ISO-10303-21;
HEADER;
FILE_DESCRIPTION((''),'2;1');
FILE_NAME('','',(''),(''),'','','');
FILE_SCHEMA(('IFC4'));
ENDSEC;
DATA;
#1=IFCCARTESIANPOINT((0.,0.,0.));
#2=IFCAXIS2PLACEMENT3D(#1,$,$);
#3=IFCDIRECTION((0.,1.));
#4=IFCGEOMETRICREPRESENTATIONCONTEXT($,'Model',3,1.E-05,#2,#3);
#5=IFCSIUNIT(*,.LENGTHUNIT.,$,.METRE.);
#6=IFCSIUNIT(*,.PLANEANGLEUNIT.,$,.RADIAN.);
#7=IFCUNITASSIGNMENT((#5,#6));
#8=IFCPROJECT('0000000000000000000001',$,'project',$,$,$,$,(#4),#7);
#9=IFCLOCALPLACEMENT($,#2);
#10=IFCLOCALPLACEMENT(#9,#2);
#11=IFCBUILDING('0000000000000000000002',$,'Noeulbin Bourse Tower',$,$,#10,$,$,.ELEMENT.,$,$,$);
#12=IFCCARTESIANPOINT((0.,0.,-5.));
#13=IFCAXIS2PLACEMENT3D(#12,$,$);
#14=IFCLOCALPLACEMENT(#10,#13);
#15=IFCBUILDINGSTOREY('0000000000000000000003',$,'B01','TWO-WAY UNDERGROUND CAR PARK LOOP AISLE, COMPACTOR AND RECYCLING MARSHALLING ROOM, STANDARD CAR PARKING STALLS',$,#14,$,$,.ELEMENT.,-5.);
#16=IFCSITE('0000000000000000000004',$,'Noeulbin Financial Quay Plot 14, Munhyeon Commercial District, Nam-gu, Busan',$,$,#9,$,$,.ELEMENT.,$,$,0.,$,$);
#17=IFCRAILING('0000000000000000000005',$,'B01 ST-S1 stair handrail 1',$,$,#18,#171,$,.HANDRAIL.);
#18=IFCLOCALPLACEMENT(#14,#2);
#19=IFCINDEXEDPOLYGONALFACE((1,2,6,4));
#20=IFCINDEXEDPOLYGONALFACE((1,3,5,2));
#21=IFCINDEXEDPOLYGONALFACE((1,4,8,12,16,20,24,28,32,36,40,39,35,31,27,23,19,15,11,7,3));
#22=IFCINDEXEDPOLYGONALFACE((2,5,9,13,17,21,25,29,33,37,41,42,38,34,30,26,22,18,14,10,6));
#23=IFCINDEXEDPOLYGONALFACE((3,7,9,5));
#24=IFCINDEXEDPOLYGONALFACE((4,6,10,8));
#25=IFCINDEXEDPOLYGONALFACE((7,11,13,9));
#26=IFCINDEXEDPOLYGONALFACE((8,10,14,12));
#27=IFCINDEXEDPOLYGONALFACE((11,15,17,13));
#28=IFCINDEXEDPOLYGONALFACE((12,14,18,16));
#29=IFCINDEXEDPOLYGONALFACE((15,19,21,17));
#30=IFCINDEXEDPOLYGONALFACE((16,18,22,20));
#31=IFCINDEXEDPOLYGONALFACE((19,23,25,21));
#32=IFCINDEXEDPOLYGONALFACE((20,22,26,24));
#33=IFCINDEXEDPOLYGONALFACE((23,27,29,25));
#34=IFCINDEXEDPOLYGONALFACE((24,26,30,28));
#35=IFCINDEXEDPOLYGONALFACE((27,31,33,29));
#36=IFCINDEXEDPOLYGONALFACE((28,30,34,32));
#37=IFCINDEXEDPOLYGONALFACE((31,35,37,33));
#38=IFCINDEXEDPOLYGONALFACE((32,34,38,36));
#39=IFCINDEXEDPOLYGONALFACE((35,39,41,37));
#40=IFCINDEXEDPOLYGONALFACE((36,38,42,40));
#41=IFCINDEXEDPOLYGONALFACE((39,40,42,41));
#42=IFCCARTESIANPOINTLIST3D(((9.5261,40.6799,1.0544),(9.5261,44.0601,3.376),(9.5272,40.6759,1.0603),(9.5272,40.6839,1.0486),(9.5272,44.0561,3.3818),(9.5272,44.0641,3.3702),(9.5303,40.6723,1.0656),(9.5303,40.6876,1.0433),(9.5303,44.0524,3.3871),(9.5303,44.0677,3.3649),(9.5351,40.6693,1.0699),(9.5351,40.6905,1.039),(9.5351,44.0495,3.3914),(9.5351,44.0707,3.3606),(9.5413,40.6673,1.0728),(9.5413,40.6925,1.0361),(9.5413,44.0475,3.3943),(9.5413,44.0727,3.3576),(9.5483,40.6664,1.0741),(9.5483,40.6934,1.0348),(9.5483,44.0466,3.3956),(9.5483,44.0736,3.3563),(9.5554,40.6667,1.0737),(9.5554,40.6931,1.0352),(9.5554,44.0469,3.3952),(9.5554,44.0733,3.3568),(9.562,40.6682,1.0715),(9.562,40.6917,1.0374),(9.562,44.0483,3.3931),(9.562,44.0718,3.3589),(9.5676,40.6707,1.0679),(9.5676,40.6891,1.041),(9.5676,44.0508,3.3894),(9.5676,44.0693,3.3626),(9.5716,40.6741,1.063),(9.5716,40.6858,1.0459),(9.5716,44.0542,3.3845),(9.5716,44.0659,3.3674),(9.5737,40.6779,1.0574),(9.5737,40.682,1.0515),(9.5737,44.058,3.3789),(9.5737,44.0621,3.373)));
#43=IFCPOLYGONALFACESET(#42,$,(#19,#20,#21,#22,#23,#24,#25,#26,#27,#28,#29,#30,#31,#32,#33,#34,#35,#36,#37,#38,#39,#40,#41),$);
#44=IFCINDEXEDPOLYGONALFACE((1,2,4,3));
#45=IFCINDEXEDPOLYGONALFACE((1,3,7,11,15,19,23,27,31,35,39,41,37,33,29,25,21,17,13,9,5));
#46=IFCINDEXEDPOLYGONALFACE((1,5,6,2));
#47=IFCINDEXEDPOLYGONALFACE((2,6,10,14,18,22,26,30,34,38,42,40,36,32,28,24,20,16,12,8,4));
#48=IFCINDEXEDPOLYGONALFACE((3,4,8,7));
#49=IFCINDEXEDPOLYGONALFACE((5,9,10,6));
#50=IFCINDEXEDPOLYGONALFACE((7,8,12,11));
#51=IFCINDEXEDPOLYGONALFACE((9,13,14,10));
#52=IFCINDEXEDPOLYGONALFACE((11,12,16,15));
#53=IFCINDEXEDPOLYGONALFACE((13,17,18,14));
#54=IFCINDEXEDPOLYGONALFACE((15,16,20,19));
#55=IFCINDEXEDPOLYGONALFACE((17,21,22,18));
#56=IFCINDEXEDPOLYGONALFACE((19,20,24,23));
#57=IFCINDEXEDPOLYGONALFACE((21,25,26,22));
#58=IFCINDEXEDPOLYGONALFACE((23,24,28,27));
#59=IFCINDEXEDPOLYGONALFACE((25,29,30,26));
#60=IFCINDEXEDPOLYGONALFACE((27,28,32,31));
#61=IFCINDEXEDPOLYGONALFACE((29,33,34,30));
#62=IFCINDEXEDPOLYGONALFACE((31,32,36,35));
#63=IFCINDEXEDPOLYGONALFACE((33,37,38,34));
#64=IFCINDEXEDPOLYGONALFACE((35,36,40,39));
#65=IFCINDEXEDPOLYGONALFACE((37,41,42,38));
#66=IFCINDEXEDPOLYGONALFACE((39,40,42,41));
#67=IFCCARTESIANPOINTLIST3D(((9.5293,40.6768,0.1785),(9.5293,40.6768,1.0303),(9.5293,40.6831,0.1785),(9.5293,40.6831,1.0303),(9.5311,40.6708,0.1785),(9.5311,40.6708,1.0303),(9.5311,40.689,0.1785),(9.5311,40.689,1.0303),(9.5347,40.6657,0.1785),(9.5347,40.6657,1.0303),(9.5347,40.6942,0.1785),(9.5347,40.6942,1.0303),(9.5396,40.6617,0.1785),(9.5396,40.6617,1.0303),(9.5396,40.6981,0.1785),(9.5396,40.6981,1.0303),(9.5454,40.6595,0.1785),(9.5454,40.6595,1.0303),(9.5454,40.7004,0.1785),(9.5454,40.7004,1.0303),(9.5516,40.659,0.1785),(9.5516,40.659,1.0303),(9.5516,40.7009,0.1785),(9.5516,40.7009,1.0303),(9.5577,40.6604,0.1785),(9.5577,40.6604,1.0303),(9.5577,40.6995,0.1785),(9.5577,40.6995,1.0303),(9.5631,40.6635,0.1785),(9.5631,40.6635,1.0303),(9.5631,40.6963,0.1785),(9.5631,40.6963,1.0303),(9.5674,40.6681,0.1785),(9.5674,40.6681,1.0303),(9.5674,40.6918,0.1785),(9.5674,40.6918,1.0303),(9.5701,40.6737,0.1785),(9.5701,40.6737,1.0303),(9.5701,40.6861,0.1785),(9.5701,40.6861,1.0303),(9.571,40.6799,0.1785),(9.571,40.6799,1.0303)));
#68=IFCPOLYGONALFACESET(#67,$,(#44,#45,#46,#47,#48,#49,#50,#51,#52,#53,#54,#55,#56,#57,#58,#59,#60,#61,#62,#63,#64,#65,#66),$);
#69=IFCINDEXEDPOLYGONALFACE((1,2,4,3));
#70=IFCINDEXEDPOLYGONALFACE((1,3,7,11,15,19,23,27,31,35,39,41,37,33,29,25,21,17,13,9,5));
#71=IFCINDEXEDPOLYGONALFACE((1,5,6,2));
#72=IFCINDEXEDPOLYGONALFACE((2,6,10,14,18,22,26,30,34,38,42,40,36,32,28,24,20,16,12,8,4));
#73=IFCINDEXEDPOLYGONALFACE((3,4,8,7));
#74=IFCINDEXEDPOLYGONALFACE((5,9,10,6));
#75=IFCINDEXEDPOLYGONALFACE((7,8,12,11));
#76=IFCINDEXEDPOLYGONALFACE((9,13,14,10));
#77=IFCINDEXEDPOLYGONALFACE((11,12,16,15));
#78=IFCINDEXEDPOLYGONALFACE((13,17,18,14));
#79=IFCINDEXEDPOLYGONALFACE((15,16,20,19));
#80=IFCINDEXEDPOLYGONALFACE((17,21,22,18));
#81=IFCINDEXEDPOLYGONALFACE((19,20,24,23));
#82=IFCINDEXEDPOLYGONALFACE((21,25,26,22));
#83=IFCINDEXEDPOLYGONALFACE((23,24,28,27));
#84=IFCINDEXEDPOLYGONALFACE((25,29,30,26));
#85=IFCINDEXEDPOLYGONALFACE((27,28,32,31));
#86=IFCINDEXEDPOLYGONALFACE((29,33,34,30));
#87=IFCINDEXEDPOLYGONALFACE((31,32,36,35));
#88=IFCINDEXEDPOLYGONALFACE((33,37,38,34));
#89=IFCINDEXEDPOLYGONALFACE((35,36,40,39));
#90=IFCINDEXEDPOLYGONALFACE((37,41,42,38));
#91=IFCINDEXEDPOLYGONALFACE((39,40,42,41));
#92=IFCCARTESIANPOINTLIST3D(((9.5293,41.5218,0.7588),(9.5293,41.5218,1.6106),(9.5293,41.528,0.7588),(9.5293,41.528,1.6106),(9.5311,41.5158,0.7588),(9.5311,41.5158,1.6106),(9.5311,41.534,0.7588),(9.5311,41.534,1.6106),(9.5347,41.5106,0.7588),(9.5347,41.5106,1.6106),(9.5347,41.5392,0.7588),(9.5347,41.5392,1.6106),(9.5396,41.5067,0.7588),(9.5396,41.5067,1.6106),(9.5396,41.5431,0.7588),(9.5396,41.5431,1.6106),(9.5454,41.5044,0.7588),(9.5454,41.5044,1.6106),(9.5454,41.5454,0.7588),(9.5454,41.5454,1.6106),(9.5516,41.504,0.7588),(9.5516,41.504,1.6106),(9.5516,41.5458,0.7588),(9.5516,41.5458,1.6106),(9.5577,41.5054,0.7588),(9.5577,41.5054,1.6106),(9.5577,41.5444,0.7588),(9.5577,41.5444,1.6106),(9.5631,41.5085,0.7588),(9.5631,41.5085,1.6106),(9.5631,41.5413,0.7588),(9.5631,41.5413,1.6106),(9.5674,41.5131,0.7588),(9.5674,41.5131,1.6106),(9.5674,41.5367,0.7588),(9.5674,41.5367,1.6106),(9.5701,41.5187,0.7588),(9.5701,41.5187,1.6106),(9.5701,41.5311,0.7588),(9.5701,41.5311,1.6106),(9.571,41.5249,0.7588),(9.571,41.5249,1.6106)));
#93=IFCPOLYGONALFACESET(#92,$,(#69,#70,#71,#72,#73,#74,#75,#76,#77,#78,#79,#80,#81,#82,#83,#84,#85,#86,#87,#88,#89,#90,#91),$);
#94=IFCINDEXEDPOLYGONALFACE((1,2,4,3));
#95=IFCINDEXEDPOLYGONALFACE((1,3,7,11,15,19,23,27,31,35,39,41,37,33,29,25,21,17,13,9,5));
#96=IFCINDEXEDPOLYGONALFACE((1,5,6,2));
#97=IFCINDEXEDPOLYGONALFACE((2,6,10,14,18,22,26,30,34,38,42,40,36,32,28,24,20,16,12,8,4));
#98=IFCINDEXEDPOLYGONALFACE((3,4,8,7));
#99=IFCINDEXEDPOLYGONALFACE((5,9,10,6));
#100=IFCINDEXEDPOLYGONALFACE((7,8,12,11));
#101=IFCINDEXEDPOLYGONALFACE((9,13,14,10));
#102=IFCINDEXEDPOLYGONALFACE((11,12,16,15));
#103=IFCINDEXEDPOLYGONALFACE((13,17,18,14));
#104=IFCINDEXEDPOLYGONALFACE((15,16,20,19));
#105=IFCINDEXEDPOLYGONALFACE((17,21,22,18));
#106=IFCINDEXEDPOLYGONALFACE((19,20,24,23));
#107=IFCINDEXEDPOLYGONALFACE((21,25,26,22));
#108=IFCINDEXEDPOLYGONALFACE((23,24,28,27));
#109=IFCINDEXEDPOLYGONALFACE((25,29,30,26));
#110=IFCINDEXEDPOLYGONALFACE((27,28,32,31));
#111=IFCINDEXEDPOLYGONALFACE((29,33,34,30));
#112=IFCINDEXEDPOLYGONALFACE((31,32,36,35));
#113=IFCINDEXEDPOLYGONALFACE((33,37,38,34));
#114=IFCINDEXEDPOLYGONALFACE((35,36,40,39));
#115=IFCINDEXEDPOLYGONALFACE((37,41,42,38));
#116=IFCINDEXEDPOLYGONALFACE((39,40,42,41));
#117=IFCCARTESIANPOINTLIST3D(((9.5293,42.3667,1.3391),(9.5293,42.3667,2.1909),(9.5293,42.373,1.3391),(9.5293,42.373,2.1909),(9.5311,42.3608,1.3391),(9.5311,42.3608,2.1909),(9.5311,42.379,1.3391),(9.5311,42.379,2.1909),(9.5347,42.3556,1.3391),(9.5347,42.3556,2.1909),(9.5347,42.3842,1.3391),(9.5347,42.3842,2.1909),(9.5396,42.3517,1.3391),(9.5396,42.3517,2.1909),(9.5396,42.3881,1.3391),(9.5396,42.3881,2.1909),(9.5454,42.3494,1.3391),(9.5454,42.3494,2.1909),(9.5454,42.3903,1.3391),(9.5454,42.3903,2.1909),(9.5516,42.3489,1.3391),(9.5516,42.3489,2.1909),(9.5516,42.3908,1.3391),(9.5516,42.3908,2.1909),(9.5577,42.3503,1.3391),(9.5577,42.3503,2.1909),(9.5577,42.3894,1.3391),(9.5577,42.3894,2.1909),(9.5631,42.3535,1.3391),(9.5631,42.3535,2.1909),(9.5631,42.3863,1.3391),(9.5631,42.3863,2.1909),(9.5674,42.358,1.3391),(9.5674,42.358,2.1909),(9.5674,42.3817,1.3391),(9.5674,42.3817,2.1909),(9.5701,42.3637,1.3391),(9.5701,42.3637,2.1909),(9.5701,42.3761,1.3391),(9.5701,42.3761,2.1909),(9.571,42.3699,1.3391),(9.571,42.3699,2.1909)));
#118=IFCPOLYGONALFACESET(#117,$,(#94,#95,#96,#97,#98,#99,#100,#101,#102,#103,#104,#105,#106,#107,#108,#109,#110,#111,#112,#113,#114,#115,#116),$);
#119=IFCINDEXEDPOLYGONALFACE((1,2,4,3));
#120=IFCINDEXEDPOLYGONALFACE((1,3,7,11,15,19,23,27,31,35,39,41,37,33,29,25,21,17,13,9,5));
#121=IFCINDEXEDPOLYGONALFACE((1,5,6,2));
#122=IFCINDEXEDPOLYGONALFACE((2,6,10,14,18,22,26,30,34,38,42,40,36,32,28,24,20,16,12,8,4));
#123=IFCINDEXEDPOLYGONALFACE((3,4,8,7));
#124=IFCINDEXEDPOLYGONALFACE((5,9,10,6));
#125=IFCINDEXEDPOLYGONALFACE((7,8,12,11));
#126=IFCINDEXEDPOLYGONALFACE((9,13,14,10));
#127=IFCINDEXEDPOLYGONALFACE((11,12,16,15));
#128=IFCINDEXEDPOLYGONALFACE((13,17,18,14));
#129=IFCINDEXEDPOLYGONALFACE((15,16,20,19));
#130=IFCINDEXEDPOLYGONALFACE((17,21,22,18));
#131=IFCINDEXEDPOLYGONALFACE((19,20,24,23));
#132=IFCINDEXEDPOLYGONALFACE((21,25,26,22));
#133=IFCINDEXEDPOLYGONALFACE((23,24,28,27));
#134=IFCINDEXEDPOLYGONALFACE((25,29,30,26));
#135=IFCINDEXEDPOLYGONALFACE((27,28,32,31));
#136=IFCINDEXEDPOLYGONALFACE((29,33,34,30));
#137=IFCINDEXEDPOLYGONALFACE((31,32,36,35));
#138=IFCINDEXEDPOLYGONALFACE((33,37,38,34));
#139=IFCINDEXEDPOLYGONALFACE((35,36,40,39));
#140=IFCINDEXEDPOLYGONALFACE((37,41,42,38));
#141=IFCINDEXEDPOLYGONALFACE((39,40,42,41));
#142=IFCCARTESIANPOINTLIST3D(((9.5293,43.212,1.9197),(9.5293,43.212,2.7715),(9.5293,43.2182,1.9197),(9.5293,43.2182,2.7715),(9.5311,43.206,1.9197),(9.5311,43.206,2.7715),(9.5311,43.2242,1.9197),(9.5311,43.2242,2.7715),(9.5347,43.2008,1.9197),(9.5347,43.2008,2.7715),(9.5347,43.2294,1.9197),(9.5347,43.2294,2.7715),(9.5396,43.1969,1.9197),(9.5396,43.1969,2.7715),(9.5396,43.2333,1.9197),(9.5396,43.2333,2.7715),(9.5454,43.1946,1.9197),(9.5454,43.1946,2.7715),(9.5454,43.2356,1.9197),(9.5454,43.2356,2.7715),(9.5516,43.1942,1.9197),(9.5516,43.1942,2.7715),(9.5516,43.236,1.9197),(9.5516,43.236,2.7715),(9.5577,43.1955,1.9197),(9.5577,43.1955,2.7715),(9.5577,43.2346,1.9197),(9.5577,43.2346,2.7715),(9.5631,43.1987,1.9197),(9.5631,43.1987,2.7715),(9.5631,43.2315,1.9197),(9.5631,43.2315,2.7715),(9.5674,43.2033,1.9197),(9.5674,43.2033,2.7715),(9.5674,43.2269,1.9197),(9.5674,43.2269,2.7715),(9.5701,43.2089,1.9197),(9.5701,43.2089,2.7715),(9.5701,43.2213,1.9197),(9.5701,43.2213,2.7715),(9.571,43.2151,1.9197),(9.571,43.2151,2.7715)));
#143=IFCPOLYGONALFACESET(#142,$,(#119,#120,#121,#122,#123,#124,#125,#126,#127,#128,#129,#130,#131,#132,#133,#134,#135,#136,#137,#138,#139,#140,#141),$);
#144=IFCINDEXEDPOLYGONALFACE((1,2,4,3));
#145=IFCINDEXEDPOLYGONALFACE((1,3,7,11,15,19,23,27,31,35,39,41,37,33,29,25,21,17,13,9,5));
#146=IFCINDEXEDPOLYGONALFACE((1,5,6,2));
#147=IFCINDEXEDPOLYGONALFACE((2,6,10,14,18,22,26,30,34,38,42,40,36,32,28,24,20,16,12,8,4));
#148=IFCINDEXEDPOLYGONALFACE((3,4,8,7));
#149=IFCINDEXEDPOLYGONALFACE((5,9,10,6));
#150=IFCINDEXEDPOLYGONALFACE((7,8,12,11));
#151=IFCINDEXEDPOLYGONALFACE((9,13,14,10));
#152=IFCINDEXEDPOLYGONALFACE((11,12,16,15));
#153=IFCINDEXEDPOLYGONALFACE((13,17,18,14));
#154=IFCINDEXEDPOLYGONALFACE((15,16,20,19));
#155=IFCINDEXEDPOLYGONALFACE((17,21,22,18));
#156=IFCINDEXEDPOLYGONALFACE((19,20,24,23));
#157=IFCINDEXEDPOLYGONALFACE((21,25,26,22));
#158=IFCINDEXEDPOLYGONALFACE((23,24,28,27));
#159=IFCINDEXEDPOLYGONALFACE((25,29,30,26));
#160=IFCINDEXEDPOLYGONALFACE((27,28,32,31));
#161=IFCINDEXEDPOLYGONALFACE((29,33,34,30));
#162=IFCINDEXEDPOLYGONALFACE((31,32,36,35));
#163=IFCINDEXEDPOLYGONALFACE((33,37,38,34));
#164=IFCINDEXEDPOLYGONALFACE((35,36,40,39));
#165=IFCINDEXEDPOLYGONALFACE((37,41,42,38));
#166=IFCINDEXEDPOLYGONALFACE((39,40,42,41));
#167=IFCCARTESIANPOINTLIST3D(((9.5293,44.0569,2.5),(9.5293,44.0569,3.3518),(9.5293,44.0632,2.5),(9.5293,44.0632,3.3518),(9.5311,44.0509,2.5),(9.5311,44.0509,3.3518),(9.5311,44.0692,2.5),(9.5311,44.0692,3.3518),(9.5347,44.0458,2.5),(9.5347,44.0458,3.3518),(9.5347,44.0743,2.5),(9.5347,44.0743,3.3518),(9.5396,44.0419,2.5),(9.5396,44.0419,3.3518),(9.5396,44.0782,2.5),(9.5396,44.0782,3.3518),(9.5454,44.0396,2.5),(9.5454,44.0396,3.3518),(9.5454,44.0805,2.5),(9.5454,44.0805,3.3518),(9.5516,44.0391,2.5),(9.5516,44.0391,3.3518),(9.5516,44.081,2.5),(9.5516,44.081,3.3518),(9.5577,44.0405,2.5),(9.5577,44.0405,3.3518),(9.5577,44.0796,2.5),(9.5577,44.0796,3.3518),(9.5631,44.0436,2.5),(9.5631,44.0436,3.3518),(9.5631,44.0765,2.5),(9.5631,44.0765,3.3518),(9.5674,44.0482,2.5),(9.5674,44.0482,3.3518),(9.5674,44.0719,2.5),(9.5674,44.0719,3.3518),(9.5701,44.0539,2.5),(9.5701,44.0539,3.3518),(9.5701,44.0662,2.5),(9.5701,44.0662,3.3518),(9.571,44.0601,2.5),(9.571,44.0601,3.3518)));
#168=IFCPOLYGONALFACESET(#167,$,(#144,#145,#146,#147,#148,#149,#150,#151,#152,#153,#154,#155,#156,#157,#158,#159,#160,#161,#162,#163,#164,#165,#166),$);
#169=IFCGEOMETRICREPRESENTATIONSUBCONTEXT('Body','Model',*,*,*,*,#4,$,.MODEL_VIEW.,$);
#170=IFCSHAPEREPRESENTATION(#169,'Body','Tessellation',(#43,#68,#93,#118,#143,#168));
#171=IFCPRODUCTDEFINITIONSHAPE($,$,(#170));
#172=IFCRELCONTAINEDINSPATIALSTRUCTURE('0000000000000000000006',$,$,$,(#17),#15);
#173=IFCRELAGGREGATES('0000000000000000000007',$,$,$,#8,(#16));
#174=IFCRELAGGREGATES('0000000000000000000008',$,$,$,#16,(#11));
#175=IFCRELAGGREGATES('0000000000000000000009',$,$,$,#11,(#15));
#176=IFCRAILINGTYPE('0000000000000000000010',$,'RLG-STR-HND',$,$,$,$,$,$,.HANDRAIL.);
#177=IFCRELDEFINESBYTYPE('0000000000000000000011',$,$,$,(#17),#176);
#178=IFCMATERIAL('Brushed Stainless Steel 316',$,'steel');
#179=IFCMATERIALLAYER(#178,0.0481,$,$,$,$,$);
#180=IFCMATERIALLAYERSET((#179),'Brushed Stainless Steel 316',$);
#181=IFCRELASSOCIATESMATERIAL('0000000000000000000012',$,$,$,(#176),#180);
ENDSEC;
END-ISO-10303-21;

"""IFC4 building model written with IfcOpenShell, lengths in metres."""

from ifc_helpers import new_model, si_unit, direction, frame, origin, origin_2d, place, context, subcontext, project, spatial, circle, extrude, material, layer, layer_set, type_object, element, save


model = new_model("IFC4")

# Units and contexts
model_context = context("Model", 3, precision=1e-05, world=origin(), true_north=direction((0.0, 1.0)))
body_context = subcontext(model_context, "Body", "Model", "MODEL_VIEW")
ifc_project = project(units=[si_unit("LENGTHUNIT", "METRE"), si_unit("PLANEANGLEUNIT", "RADIAN")], contexts=[model_context])

# Site, building, storey
site_placement = place(None, origin())
site = spatial("IfcSite", under=ifc_project, at=site_placement, Name="Noeulbin Financial Quay Plot 14, Munhyeon Commercial District, Nam-gu, Busan", CompositionType="ELEMENT", RefElevation=0.0)
building_placement = place(site_placement, origin())
building = spatial("IfcBuilding", under=site, at=building_placement, Name="Noeulbin Bourse Tower", CompositionType="ELEMENT")
storey_placement = place(building_placement, frame((0.0, 0.0, -5.0)))
storey = spatial("IfcBuildingStorey", under=building, at=storey_placement, Name="B01", Description="TWO-WAY UNDERGROUND CAR PARK LOOP AISLE, COMPACTOR AND RECYCLING MARSHALLING ROOM, STANDARD CAR PARKING STALLS", CompositionType="ELEMENT", Elevation=-5.0)

# Railing
ifc_material_1 = material(Name="Brushed Stainless Steel 316", Category="steel")
ifc_layer_1 = layer(ifc_material_1, 0.0481)
ifc_layer_set_1 = layer_set([ifc_layer_1], Name="Brushed Stainless Steel 316")
railing_type_1 = type_object("IfcRailingType", Name="RLG-STR-HND", PredefinedType="HANDRAIL", material=ifc_layer_set_1)
railing_1_placement = place(storey_placement, frame((9.55, 40.6799, 0.1785)))
element("IfcRailing", 1, at=railing_1_placement, inside=storey, type_object=railing_type_1, Name="B01 ST-S1 stair handrail 1", PredefinedType="HANDRAIL", context=body_context, shape_type="SweptSolid", body=[
    extrude(circle(Radius=0.0239, at=origin_2d()), frame((0.0, 0.0, 0.876), z_axis=(0.0, 0.824304, 0.566147), x_axis=(-1.0, 0.0, 0.0)), (0.0, 0.0, 1.0), 4.1006),
    extrude(circle(Radius=0.021, at=origin_2d()), origin(), (0.0, 0.0, 1.0), 0.8518),
    extrude(circle(Radius=0.021, at=origin_2d()), frame((0.0, 0.845, 0.5803)), (0.0, 0.0, 1.0), 0.8518),
    extrude(circle(Radius=0.021, at=origin_2d()), frame((0.0, 1.6899, 1.1606)), (0.0, 0.0, 1.0), 0.8518),
    extrude(circle(Radius=0.021, at=origin_2d()), frame((0.0, 2.5352, 1.7412)), (0.0, 0.0, 1.0), 0.8518),
    extrude(circle(Radius=0.021, at=origin_2d()), frame((0.0, 3.3801, 2.3215)), (0.0, 0.0, 1.0), 0.8518),
])

save(model, "model.ifc")
